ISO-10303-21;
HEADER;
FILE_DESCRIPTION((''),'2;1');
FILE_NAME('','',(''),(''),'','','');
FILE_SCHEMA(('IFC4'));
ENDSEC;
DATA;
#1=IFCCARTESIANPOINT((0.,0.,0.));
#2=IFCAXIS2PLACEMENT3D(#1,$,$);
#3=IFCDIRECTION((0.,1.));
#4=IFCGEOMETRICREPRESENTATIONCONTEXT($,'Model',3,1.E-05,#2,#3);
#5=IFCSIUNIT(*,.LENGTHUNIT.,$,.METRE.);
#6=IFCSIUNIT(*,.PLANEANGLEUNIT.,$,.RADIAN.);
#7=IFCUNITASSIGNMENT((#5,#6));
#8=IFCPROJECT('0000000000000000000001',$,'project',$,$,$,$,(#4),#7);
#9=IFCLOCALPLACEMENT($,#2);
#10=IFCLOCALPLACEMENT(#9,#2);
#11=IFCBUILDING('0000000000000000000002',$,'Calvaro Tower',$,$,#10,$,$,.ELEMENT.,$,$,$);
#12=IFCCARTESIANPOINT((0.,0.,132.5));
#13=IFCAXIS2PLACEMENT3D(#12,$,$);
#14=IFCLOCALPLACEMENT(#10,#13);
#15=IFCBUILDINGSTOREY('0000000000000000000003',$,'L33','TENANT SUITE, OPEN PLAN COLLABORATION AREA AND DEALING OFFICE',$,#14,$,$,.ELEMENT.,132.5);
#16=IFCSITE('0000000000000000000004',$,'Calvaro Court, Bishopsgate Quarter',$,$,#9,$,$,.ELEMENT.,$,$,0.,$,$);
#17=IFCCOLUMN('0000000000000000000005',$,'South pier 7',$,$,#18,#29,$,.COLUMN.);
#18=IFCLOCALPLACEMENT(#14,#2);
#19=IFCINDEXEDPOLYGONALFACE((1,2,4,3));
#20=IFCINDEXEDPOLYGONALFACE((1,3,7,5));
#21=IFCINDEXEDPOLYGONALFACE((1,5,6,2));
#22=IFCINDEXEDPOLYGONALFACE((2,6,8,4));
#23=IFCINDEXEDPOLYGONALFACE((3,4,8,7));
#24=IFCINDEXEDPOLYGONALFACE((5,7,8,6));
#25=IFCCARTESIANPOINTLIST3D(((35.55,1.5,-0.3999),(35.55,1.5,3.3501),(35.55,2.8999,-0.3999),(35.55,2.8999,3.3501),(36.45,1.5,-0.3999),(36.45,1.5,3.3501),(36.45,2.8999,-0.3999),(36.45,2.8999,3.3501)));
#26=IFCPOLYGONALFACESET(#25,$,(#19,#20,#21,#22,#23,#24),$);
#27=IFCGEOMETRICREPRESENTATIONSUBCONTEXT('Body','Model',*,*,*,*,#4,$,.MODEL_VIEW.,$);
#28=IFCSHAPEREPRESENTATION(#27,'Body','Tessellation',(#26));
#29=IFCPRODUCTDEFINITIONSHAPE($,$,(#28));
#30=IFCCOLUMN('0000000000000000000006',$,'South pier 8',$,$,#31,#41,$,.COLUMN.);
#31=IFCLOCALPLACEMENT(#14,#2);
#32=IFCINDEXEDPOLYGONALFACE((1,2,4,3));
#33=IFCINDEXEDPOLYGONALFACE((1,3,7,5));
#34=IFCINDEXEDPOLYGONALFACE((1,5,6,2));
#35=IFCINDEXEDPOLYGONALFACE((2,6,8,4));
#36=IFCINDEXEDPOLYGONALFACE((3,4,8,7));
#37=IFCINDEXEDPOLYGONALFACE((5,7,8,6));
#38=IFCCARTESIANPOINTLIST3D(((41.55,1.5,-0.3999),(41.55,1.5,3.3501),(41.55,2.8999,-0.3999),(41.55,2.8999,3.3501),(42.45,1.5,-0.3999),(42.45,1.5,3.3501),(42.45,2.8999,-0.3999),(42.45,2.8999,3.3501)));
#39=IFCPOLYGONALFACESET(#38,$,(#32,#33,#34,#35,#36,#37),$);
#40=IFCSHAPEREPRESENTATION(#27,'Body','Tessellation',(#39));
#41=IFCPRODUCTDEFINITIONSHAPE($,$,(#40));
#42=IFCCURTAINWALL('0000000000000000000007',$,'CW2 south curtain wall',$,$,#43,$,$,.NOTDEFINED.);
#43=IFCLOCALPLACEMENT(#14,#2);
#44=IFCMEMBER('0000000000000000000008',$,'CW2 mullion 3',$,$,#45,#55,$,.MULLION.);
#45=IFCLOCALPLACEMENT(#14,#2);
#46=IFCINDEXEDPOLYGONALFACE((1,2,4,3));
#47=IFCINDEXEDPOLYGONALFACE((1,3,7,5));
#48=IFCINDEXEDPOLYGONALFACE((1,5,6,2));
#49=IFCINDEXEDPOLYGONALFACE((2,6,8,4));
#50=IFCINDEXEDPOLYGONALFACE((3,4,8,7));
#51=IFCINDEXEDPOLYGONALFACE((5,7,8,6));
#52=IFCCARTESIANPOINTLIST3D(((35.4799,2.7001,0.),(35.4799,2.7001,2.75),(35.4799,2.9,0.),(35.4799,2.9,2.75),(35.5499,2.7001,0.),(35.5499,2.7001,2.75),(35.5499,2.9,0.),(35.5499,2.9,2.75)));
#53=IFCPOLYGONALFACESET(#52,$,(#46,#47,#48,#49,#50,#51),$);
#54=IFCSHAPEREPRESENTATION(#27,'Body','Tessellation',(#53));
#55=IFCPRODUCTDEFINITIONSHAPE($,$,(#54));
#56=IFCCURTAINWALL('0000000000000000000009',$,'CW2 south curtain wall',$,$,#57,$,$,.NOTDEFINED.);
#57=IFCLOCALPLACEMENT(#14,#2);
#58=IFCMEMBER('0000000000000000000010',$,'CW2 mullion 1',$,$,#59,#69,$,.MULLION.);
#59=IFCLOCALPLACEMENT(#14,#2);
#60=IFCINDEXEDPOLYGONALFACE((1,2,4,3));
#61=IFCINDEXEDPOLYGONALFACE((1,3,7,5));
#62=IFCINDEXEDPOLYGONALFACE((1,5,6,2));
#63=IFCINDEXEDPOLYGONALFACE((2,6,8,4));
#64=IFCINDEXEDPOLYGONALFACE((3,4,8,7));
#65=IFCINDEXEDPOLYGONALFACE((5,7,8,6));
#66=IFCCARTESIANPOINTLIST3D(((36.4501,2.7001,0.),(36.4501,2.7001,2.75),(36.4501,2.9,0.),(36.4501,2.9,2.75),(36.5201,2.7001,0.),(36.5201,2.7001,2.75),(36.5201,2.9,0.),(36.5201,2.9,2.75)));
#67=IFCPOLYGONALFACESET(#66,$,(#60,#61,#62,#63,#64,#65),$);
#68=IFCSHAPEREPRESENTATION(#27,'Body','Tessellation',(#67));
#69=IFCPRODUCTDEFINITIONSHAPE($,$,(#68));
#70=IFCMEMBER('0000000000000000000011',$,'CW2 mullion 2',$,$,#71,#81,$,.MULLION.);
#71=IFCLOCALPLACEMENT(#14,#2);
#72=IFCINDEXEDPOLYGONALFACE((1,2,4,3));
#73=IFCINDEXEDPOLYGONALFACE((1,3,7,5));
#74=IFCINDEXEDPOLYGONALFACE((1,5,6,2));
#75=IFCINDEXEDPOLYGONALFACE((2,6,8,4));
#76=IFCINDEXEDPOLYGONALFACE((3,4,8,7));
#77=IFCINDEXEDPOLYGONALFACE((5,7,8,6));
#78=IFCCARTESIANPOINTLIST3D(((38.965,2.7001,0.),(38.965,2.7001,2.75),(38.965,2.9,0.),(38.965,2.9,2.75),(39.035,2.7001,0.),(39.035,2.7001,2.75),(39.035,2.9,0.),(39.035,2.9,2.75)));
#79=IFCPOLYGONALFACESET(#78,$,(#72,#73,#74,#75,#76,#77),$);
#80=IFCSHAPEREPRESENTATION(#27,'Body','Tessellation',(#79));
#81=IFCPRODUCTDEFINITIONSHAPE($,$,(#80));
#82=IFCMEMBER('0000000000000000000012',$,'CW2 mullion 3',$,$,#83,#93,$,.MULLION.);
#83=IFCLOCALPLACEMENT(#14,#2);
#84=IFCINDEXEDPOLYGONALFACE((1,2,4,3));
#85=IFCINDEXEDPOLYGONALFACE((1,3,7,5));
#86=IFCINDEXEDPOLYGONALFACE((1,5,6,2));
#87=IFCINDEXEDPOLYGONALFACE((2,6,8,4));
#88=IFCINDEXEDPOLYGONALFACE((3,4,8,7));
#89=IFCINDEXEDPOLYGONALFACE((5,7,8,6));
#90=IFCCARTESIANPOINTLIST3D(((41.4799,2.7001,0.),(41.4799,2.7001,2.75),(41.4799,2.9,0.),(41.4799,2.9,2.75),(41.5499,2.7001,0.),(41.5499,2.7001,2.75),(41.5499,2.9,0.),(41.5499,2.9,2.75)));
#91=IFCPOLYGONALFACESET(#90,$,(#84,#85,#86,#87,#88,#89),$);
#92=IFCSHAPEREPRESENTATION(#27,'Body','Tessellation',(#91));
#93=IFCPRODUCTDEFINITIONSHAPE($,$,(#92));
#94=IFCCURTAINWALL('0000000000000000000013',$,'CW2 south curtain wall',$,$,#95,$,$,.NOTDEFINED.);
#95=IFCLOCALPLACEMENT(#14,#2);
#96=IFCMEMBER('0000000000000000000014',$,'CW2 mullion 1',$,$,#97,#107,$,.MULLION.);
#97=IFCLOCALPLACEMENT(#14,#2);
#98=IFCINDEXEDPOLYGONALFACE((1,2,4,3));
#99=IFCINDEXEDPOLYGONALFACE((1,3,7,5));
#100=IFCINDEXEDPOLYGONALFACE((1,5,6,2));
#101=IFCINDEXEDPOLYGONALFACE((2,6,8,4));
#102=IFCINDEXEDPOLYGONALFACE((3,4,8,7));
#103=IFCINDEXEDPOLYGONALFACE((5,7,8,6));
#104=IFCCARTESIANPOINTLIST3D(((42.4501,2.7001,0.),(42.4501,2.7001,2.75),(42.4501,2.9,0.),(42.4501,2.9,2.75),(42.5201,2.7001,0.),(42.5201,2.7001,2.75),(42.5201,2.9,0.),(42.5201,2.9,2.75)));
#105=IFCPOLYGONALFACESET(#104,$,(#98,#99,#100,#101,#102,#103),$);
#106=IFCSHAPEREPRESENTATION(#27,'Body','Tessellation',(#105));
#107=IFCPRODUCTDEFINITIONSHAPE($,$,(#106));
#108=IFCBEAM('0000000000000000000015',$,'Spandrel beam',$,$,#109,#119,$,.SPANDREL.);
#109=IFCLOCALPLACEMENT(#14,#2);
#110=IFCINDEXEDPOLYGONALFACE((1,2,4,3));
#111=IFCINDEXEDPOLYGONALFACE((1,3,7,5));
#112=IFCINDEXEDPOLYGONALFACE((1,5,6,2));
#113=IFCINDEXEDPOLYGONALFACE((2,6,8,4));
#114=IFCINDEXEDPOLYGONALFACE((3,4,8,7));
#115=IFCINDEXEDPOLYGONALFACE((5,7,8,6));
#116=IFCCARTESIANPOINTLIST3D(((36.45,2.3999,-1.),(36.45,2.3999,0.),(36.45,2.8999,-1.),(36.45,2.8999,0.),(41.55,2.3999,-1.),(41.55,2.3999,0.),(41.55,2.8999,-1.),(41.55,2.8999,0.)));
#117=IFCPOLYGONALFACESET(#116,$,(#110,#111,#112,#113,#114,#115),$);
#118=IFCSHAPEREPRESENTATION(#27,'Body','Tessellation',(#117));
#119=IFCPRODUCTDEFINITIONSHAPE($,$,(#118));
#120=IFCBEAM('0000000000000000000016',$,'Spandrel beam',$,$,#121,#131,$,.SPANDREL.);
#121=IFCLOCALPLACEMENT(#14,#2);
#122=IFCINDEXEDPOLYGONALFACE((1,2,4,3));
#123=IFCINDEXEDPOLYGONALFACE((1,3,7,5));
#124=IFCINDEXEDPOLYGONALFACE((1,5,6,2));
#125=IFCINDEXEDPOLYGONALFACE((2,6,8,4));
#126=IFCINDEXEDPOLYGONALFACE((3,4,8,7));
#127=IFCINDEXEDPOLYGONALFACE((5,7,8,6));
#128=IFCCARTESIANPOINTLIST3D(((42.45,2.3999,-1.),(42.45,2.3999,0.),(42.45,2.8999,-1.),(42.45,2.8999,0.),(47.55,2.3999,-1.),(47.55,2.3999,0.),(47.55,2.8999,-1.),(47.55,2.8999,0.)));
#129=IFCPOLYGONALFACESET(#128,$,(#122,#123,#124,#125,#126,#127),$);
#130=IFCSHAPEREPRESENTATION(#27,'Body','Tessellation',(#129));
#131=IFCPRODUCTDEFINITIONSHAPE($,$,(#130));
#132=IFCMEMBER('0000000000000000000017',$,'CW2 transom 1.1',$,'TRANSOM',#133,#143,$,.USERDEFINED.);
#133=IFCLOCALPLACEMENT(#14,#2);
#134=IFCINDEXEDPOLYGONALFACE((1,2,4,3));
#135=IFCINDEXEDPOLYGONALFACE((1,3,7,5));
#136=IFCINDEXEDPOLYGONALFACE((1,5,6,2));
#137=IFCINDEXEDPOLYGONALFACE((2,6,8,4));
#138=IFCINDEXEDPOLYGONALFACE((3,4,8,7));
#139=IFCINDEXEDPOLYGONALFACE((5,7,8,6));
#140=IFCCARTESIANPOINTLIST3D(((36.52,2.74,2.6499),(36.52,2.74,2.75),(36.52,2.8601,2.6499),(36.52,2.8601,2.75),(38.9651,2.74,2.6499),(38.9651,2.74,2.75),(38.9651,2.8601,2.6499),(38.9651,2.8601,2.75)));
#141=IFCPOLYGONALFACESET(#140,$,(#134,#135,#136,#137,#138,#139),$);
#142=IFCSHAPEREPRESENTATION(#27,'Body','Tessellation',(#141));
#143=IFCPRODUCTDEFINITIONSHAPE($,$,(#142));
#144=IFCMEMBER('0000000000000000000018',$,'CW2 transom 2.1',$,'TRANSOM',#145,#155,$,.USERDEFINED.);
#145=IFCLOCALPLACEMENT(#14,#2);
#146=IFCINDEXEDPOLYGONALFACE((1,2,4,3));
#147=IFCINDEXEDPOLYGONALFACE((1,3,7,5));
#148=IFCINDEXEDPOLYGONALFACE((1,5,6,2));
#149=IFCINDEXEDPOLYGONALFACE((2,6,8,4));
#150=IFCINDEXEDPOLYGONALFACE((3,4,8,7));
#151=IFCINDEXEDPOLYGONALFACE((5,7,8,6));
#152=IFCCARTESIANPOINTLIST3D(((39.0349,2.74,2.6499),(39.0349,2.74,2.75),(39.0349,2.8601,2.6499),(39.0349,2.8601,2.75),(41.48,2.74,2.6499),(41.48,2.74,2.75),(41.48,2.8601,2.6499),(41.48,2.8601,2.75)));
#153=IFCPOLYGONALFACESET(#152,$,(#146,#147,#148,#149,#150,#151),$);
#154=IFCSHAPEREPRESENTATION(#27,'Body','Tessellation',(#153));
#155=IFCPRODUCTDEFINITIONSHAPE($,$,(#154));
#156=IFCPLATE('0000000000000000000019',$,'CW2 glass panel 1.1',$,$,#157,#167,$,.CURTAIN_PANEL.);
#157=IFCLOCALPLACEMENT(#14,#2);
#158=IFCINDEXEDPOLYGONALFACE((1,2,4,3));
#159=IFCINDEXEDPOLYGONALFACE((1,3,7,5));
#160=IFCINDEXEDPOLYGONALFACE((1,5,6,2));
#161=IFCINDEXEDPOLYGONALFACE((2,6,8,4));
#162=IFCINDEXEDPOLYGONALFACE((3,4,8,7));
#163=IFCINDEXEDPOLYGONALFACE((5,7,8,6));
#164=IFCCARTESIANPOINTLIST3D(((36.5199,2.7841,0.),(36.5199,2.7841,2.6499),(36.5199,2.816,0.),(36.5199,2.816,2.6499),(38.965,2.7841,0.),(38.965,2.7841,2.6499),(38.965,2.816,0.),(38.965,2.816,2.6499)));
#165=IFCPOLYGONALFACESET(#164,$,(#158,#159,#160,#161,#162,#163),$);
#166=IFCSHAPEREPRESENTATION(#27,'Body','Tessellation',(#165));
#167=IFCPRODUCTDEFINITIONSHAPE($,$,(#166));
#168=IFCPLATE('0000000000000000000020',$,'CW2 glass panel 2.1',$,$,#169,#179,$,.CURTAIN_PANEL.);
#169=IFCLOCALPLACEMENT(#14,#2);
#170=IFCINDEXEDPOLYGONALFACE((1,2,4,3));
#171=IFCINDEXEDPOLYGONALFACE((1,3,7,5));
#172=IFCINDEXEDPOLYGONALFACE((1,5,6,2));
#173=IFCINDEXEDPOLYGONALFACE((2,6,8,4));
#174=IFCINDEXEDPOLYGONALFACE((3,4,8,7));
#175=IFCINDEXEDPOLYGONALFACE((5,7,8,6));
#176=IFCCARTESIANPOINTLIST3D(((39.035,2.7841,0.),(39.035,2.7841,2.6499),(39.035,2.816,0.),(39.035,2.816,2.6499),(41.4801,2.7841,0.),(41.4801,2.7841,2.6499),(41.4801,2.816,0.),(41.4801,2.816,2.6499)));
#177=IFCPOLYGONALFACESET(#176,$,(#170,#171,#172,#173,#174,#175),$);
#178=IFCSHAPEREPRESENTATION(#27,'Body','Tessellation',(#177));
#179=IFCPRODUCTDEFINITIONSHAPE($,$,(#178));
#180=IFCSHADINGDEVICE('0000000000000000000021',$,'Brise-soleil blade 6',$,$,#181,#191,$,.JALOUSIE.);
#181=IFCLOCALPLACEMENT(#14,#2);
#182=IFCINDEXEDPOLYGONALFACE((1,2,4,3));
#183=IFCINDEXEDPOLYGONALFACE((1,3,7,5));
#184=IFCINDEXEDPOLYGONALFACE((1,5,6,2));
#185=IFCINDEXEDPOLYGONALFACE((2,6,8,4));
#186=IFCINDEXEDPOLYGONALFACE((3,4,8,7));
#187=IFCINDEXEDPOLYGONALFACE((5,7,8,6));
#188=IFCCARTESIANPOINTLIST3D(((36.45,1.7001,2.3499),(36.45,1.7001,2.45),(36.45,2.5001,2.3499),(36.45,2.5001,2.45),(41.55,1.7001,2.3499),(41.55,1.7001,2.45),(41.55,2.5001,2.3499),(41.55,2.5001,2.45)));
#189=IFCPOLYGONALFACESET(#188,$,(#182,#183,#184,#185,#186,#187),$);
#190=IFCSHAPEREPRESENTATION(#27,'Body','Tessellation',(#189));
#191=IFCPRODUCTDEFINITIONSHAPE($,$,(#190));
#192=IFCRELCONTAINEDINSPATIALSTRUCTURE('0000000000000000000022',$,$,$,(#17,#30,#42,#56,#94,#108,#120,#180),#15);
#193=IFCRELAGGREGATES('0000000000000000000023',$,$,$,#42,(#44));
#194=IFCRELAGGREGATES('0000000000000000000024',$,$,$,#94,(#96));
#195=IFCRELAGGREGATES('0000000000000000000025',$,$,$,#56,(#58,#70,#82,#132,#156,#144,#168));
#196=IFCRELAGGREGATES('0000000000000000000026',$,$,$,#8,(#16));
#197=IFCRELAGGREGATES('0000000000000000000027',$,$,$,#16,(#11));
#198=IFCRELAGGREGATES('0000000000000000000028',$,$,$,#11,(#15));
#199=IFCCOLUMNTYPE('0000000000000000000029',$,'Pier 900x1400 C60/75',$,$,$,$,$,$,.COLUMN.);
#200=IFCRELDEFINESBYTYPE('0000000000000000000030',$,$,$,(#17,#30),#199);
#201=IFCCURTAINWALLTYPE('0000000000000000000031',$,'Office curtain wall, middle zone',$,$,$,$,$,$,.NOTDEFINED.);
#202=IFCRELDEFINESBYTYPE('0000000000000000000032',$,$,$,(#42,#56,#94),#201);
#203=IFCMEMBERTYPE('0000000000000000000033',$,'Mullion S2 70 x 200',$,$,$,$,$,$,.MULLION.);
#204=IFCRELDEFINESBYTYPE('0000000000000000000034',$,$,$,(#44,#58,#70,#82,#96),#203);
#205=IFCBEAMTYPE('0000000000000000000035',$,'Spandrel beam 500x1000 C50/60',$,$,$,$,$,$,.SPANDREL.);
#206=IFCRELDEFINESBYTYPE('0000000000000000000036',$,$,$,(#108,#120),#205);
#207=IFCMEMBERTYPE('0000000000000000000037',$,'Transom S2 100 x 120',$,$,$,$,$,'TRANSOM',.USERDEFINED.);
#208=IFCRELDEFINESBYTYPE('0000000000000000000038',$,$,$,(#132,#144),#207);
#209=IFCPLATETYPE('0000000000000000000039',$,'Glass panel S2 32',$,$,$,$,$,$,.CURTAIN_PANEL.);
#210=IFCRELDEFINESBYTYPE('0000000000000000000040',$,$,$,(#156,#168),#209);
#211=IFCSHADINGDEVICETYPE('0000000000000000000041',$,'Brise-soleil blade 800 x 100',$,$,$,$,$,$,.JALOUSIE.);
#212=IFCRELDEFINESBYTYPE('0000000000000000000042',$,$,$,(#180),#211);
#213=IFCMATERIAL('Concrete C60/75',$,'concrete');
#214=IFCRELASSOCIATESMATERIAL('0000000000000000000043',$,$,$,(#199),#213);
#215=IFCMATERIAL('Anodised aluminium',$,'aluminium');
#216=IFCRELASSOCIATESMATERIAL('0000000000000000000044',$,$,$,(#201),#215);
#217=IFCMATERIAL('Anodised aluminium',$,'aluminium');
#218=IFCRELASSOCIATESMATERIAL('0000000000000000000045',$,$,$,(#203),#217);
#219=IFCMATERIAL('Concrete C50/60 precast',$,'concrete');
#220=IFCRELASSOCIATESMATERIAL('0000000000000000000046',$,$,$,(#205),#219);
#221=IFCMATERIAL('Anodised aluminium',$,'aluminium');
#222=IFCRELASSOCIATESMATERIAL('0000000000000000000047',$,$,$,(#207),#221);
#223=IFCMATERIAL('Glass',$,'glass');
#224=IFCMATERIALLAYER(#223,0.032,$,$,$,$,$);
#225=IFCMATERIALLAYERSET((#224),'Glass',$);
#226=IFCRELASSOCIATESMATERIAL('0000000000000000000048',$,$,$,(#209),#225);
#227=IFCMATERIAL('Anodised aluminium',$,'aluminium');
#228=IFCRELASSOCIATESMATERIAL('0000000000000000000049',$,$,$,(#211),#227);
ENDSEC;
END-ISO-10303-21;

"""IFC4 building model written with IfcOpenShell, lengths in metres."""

from ifc_helpers import new_model, si_unit, direction, frame, origin, origin_2d, place, context, subcontext, project, spatial, rectangle, extrude, material, layer, layer_set, material_profile, profile_set, type_object, element, aggregate, save


model = new_model("IFC4")

# Units and contexts
model_context = context("Model", 3, precision=1e-05, world=origin(), true_north=direction((0.0, 1.0)))
body_context = subcontext(model_context, "Body", "Model", "MODEL_VIEW")
ifc_project = project(units=[si_unit("LENGTHUNIT", "METRE"), si_unit("PLANEANGLEUNIT", "RADIAN")], contexts=[model_context])

# Site, building, storey
site_placement = place(None, origin())
site = spatial("IfcSite", under=ifc_project, at=site_placement, Name="Calvaro Court, Bishopsgate Quarter", CompositionType="ELEMENT", RefElevation=0.0)
building_placement = place(site_placement, origin())
building = spatial("IfcBuilding", under=site, at=building_placement, Name="Calvaro Tower", CompositionType="ELEMENT")
storey_placement = place(building_placement, frame((0.0, 0.0, 132.5)))
storey = spatial("IfcBuildingStorey", under=building, at=storey_placement, Name="L33", Description="TENANT SUITE, OPEN PLAN COLLABORATION AREA AND DEALING OFFICE", CompositionType="ELEMENT", Elevation=132.5)

# Columns
ifc_material_1 = material(Name="Concrete C60/75", Category="concrete")
ifc_material_profile_1 = material_profile(ifc_material_1, rectangle(XDim=0.8999, YDim=1.3999, at=origin_2d()), Name="RC 900x1400")
ifc_profile_set_1 = profile_set([ifc_material_profile_1], Name="Concrete C60/75")
column_type = type_object("IfcColumnType", Name="Pier 900x1400 C60/75", PredefinedType="COLUMN", material=ifc_profile_set_1)
for number, where, z_axis, x_axis, name in (
    (1, (36.0, 2.2, -0.3999), (0.0, 0.0, 1.0), (1.0, 0.0, 0.0), "South pier 7"),
    (2, (42.0, 2.2, -0.3999), (0.0, 0.0, 1.0), (1.0, 0.0, 0.0), "South pier 8"),
):
    element("IfcColumn", number, at=place(storey_placement, frame(where, z_axis=z_axis, x_axis=x_axis)), inside=storey, type_object=column_type, Name=name, PredefinedType="COLUMN", context=body_context, shape_type="SweptSolid", body=[
        extrude(rectangle(XDim=0.8999, YDim=1.3999, at=origin_2d()), origin(), (0.0, 0.0, 1.0), 3.75),
    ])

# Curtain wall, member
ifc_material_2 = material(Name="Anodised aluminium", Category="aluminium")
curtain_wall_type = type_object("IfcCurtainWallType", Name="Office curtain wall, middle zone", PredefinedType="NOTDEFINED", material=ifc_material_2)
curtain_wall_1_placement = place(storey_placement, origin())
curtain_wall_1 = element("IfcCurtainWall", 3, at=curtain_wall_1_placement, inside=storey, type_object=curtain_wall_type, Name="CW2 south curtain wall", PredefinedType="NOTDEFINED")
ifc_material_3 = material(Name="Anodised aluminium", Category="aluminium")
ifc_material_profile_2 = material_profile(ifc_material_3, rectangle(XDim=0.2, YDim=0.0701, at=origin_2d()), Name="Mullion S2 70 x 200")
ifc_profile_set_2 = profile_set([ifc_material_profile_2], Name="Anodised aluminium")
member_type_1 = type_object("IfcMemberType", Name="Mullion S2 70 x 200", PredefinedType="MULLION", material=ifc_profile_set_2)
member_1_placement = place(storey_placement, frame((35.5149, 2.8, 0.0), z_axis=(0.0, 0.0, 1.0), x_axis=(0.0, 1.0, 0.0)))
member_1 = element("IfcMember", 4, at=member_1_placement, type_object=member_type_1, Name="CW2 mullion 3", PredefinedType="MULLION", context=body_context, shape_type="SweptSolid", body=[
    extrude(rectangle(XDim=0.2, YDim=0.0701, at=origin_2d()), origin(), (0.0, 0.0, 1.0), 2.75),
])
aggregate(curtain_wall_1, [member_1])

# Curtain wall, members
curtain_wall_2_placement = place(storey_placement, origin())
curtain_wall_2 = element("IfcCurtainWall", 5, at=curtain_wall_2_placement, inside=storey, type_object=curtain_wall_type, Name="CW2 south curtain wall", PredefinedType="NOTDEFINED")
member_2_placement = place(storey_placement, frame((36.4851, 2.8, 0.0), z_axis=(0.0, 0.0, 1.0), x_axis=(0.0, 1.0, 0.0)))
member_2 = element("IfcMember", 6, at=member_2_placement, type_object=member_type_1, Name="CW2 mullion 1", PredefinedType="MULLION", context=body_context, shape_type="SweptSolid", body=[
    extrude(rectangle(XDim=0.2, YDim=0.0701, at=origin_2d()), origin(), (0.0, 0.0, 1.0), 2.75),
])
member_3_placement = place(storey_placement, frame((39.0, 2.8, 0.0), z_axis=(0.0, 0.0, 1.0), x_axis=(0.0, 1.0, 0.0)))
member_3 = element("IfcMember", 7, at=member_3_placement, type_object=member_type_1, Name="CW2 mullion 2", PredefinedType="MULLION", context=body_context, shape_type="SweptSolid", body=[
    extrude(rectangle(XDim=0.2, YDim=0.0701, at=origin_2d()), origin(), (0.0, 0.0, 1.0), 2.75),
])
member_4_placement = place(storey_placement, frame((41.5149, 2.8, 0.0), z_axis=(0.0, 0.0, 1.0), x_axis=(0.0, 1.0, 0.0)))
member_4 = element("IfcMember", 8, at=member_4_placement, type_object=member_type_1, Name="CW2 mullion 3", PredefinedType="MULLION", context=body_context, shape_type="SweptSolid", body=[
    extrude(rectangle(XDim=0.2, YDim=0.0701, at=origin_2d()), origin(), (0.0, 0.0, 1.0), 2.75),
])

# Curtain wall, member
curtain_wall_3_placement = place(storey_placement, origin())
curtain_wall_3 = element("IfcCurtainWall", 9, at=curtain_wall_3_placement, inside=storey, type_object=curtain_wall_type, Name="CW2 south curtain wall", PredefinedType="NOTDEFINED")
member_5_placement = place(storey_placement, frame((42.4851, 2.8, 0.0), z_axis=(0.0, 0.0, 1.0), x_axis=(0.0, 1.0, 0.0)))
member_5 = element("IfcMember", 10, at=member_5_placement, type_object=member_type_1, Name="CW2 mullion 1", PredefinedType="MULLION", context=body_context, shape_type="SweptSolid", body=[
    extrude(rectangle(XDim=0.2, YDim=0.0701, at=origin_2d()), origin(), (0.0, 0.0, 1.0), 2.75),
])
aggregate(curtain_wall_3, [member_5])

# Beams
ifc_material_4 = material(Name="Concrete C50/60 precast", Category="concrete")
ifc_material_profile_3 = material_profile(ifc_material_4, rectangle(XDim=0.5, YDim=1.0, at=origin_2d()), Name="RC 500x1000")
ifc_profile_set_3 = profile_set([ifc_material_profile_3], Name="Concrete C50/60 precast")
beam_type = type_object("IfcBeamType", Name="Spandrel beam 500x1000 C50/60", PredefinedType="SPANDREL", material=ifc_profile_set_3)
for number, where, z_axis, x_axis, name in (
    (11, (36.45, 2.6499, -0.5), (1.0, 0.0, 0.0), (0.0, 1.0, 0.0), "Spandrel beam"),
    (12, (42.45, 2.6499, -0.5), (1.0, 0.0, 0.0), (0.0, 1.0, 0.0), "Spandrel beam"),
):
    element("IfcBeam", number, at=place(storey_placement, frame(where, z_axis=z_axis, x_axis=x_axis)), inside=storey, type_object=beam_type, Name=name, PredefinedType="SPANDREL", context=body_context, shape_type="SweptSolid", body=[
        extrude(rectangle(XDim=0.5, YDim=1.0, at=origin_2d()), origin(), (0.0, 0.0, 1.0), 5.1001),
    ])

# Members
ifc_material_5 = material(Name="Anodised aluminium", Category="aluminium")
ifc_material_profile_4 = material_profile(ifc_material_5, rectangle(XDim=0.1201, YDim=0.1001, at=origin_2d()), Name="Transom S2 100 x 120")
ifc_profile_set_4 = profile_set([ifc_material_profile_4], Name="Anodised aluminium")
member_type_2 = type_object("IfcMemberType", Name="Transom S2 100 x 120", ElementType="TRANSOM", PredefinedType="USERDEFINED", material=ifc_profile_set_4)
member_6_placement = place(storey_placement, frame((36.52, 2.8, 2.7), z_axis=(1.0, 0.0, 0.0), x_axis=(0.0, 1.0, 0.0)))
member_6 = element("IfcMember", 13, at=member_6_placement, type_object=member_type_2, Name="CW2 transom 1.1", ObjectType="TRANSOM", PredefinedType="USERDEFINED", context=body_context, shape_type="SweptSolid", body=[
    extrude(rectangle(XDim=0.1201, YDim=0.1001, at=origin_2d()), origin(), (0.0, 0.0, 1.0), 2.4451),
])
member_7_placement = place(storey_placement, frame((39.0349, 2.8, 2.7), z_axis=(1.0, 0.0, 0.0), x_axis=(0.0, 1.0, 0.0)))
member_7 = element("IfcMember", 14, at=member_7_placement, type_object=member_type_2, Name="CW2 transom 2.1", ObjectType="TRANSOM", PredefinedType="USERDEFINED", context=body_context, shape_type="SweptSolid", body=[
    extrude(rectangle(XDim=0.1201, YDim=0.1001, at=origin_2d()), origin(), (0.0, 0.0, 1.0), 2.4451),
])

# Plates
ifc_material_6 = material(Name="Glass", Category="glass")
ifc_layer = layer(ifc_material_6, 0.032)
ifc_layer_set = layer_set([ifc_layer], Name="Glass")
plate_type = type_object("IfcPlateType", Name="Glass panel S2 32", PredefinedType="CURTAIN_PANEL", material=ifc_layer_set)
plate_1_placement = place(storey_placement, frame((37.7424, 2.8, 0.0), z_axis=(0.0, 0.0, 1.0), x_axis=(1.0, 0.0, 0.0)))
plate_1 = element("IfcPlate", 15, at=plate_1_placement, type_object=plate_type, Name="CW2 glass panel 1.1", PredefinedType="CURTAIN_PANEL", context=body_context, shape_type="SweptSolid", body=[
    extrude(rectangle(XDim=2.4451, YDim=0.032, at=origin_2d()), origin(), (0.0, 0.0, 1.0), 2.6499),
])
plate_2_placement = place(storey_placement, frame((40.2576, 2.8, 0.0), z_axis=(0.0, 0.0, 1.0), x_axis=(1.0, 0.0, 0.0)))
plate_2 = element("IfcPlate", 16, at=plate_2_placement, type_object=plate_type, Name="CW2 glass panel 2.1", PredefinedType="CURTAIN_PANEL", context=body_context, shape_type="SweptSolid", body=[
    extrude(rectangle(XDim=2.4451, YDim=0.032, at=origin_2d()), origin(), (0.0, 0.0, 1.0), 2.6499),
])
aggregate(curtain_wall_2, [member_2, member_3, member_4, member_6, plate_1, member_7, plate_2])

# Shading device
ifc_material_7 = material(Name="Anodised aluminium", Category="aluminium")
ifc_material_profile_5 = material_profile(ifc_material_7, rectangle(XDim=0.8, YDim=0.1001, at=origin_2d()), Name="Brise-soleil blade 800 x 100")
ifc_profile_set_5 = profile_set([ifc_material_profile_5], Name="Anodised aluminium")
shading_device_type = type_object("IfcShadingDeviceType", Name="Brise-soleil blade 800 x 100", PredefinedType="JALOUSIE", material=ifc_profile_set_5)
for number, where, z_axis, x_axis, name in (
    (17, (36.45, 2.1001, 2.3999), (1.0, 0.0, 0.0), (0.0, 1.0, 0.0), "Brise-soleil blade 6"),
):
    element("IfcShadingDevice", number, at=place(storey_placement, frame(where, z_axis=z_axis, x_axis=x_axis)), inside=storey, type_object=shading_device_type, Name=name, PredefinedType="JALOUSIE", context=body_context, shape_type="SweptSolid", body=[
        extrude(rectangle(XDim=0.8, YDim=0.1001, at=origin_2d()), origin(), (0.0, 0.0, 1.0), 5.1001),
    ])

save(model, "model.ifc")
